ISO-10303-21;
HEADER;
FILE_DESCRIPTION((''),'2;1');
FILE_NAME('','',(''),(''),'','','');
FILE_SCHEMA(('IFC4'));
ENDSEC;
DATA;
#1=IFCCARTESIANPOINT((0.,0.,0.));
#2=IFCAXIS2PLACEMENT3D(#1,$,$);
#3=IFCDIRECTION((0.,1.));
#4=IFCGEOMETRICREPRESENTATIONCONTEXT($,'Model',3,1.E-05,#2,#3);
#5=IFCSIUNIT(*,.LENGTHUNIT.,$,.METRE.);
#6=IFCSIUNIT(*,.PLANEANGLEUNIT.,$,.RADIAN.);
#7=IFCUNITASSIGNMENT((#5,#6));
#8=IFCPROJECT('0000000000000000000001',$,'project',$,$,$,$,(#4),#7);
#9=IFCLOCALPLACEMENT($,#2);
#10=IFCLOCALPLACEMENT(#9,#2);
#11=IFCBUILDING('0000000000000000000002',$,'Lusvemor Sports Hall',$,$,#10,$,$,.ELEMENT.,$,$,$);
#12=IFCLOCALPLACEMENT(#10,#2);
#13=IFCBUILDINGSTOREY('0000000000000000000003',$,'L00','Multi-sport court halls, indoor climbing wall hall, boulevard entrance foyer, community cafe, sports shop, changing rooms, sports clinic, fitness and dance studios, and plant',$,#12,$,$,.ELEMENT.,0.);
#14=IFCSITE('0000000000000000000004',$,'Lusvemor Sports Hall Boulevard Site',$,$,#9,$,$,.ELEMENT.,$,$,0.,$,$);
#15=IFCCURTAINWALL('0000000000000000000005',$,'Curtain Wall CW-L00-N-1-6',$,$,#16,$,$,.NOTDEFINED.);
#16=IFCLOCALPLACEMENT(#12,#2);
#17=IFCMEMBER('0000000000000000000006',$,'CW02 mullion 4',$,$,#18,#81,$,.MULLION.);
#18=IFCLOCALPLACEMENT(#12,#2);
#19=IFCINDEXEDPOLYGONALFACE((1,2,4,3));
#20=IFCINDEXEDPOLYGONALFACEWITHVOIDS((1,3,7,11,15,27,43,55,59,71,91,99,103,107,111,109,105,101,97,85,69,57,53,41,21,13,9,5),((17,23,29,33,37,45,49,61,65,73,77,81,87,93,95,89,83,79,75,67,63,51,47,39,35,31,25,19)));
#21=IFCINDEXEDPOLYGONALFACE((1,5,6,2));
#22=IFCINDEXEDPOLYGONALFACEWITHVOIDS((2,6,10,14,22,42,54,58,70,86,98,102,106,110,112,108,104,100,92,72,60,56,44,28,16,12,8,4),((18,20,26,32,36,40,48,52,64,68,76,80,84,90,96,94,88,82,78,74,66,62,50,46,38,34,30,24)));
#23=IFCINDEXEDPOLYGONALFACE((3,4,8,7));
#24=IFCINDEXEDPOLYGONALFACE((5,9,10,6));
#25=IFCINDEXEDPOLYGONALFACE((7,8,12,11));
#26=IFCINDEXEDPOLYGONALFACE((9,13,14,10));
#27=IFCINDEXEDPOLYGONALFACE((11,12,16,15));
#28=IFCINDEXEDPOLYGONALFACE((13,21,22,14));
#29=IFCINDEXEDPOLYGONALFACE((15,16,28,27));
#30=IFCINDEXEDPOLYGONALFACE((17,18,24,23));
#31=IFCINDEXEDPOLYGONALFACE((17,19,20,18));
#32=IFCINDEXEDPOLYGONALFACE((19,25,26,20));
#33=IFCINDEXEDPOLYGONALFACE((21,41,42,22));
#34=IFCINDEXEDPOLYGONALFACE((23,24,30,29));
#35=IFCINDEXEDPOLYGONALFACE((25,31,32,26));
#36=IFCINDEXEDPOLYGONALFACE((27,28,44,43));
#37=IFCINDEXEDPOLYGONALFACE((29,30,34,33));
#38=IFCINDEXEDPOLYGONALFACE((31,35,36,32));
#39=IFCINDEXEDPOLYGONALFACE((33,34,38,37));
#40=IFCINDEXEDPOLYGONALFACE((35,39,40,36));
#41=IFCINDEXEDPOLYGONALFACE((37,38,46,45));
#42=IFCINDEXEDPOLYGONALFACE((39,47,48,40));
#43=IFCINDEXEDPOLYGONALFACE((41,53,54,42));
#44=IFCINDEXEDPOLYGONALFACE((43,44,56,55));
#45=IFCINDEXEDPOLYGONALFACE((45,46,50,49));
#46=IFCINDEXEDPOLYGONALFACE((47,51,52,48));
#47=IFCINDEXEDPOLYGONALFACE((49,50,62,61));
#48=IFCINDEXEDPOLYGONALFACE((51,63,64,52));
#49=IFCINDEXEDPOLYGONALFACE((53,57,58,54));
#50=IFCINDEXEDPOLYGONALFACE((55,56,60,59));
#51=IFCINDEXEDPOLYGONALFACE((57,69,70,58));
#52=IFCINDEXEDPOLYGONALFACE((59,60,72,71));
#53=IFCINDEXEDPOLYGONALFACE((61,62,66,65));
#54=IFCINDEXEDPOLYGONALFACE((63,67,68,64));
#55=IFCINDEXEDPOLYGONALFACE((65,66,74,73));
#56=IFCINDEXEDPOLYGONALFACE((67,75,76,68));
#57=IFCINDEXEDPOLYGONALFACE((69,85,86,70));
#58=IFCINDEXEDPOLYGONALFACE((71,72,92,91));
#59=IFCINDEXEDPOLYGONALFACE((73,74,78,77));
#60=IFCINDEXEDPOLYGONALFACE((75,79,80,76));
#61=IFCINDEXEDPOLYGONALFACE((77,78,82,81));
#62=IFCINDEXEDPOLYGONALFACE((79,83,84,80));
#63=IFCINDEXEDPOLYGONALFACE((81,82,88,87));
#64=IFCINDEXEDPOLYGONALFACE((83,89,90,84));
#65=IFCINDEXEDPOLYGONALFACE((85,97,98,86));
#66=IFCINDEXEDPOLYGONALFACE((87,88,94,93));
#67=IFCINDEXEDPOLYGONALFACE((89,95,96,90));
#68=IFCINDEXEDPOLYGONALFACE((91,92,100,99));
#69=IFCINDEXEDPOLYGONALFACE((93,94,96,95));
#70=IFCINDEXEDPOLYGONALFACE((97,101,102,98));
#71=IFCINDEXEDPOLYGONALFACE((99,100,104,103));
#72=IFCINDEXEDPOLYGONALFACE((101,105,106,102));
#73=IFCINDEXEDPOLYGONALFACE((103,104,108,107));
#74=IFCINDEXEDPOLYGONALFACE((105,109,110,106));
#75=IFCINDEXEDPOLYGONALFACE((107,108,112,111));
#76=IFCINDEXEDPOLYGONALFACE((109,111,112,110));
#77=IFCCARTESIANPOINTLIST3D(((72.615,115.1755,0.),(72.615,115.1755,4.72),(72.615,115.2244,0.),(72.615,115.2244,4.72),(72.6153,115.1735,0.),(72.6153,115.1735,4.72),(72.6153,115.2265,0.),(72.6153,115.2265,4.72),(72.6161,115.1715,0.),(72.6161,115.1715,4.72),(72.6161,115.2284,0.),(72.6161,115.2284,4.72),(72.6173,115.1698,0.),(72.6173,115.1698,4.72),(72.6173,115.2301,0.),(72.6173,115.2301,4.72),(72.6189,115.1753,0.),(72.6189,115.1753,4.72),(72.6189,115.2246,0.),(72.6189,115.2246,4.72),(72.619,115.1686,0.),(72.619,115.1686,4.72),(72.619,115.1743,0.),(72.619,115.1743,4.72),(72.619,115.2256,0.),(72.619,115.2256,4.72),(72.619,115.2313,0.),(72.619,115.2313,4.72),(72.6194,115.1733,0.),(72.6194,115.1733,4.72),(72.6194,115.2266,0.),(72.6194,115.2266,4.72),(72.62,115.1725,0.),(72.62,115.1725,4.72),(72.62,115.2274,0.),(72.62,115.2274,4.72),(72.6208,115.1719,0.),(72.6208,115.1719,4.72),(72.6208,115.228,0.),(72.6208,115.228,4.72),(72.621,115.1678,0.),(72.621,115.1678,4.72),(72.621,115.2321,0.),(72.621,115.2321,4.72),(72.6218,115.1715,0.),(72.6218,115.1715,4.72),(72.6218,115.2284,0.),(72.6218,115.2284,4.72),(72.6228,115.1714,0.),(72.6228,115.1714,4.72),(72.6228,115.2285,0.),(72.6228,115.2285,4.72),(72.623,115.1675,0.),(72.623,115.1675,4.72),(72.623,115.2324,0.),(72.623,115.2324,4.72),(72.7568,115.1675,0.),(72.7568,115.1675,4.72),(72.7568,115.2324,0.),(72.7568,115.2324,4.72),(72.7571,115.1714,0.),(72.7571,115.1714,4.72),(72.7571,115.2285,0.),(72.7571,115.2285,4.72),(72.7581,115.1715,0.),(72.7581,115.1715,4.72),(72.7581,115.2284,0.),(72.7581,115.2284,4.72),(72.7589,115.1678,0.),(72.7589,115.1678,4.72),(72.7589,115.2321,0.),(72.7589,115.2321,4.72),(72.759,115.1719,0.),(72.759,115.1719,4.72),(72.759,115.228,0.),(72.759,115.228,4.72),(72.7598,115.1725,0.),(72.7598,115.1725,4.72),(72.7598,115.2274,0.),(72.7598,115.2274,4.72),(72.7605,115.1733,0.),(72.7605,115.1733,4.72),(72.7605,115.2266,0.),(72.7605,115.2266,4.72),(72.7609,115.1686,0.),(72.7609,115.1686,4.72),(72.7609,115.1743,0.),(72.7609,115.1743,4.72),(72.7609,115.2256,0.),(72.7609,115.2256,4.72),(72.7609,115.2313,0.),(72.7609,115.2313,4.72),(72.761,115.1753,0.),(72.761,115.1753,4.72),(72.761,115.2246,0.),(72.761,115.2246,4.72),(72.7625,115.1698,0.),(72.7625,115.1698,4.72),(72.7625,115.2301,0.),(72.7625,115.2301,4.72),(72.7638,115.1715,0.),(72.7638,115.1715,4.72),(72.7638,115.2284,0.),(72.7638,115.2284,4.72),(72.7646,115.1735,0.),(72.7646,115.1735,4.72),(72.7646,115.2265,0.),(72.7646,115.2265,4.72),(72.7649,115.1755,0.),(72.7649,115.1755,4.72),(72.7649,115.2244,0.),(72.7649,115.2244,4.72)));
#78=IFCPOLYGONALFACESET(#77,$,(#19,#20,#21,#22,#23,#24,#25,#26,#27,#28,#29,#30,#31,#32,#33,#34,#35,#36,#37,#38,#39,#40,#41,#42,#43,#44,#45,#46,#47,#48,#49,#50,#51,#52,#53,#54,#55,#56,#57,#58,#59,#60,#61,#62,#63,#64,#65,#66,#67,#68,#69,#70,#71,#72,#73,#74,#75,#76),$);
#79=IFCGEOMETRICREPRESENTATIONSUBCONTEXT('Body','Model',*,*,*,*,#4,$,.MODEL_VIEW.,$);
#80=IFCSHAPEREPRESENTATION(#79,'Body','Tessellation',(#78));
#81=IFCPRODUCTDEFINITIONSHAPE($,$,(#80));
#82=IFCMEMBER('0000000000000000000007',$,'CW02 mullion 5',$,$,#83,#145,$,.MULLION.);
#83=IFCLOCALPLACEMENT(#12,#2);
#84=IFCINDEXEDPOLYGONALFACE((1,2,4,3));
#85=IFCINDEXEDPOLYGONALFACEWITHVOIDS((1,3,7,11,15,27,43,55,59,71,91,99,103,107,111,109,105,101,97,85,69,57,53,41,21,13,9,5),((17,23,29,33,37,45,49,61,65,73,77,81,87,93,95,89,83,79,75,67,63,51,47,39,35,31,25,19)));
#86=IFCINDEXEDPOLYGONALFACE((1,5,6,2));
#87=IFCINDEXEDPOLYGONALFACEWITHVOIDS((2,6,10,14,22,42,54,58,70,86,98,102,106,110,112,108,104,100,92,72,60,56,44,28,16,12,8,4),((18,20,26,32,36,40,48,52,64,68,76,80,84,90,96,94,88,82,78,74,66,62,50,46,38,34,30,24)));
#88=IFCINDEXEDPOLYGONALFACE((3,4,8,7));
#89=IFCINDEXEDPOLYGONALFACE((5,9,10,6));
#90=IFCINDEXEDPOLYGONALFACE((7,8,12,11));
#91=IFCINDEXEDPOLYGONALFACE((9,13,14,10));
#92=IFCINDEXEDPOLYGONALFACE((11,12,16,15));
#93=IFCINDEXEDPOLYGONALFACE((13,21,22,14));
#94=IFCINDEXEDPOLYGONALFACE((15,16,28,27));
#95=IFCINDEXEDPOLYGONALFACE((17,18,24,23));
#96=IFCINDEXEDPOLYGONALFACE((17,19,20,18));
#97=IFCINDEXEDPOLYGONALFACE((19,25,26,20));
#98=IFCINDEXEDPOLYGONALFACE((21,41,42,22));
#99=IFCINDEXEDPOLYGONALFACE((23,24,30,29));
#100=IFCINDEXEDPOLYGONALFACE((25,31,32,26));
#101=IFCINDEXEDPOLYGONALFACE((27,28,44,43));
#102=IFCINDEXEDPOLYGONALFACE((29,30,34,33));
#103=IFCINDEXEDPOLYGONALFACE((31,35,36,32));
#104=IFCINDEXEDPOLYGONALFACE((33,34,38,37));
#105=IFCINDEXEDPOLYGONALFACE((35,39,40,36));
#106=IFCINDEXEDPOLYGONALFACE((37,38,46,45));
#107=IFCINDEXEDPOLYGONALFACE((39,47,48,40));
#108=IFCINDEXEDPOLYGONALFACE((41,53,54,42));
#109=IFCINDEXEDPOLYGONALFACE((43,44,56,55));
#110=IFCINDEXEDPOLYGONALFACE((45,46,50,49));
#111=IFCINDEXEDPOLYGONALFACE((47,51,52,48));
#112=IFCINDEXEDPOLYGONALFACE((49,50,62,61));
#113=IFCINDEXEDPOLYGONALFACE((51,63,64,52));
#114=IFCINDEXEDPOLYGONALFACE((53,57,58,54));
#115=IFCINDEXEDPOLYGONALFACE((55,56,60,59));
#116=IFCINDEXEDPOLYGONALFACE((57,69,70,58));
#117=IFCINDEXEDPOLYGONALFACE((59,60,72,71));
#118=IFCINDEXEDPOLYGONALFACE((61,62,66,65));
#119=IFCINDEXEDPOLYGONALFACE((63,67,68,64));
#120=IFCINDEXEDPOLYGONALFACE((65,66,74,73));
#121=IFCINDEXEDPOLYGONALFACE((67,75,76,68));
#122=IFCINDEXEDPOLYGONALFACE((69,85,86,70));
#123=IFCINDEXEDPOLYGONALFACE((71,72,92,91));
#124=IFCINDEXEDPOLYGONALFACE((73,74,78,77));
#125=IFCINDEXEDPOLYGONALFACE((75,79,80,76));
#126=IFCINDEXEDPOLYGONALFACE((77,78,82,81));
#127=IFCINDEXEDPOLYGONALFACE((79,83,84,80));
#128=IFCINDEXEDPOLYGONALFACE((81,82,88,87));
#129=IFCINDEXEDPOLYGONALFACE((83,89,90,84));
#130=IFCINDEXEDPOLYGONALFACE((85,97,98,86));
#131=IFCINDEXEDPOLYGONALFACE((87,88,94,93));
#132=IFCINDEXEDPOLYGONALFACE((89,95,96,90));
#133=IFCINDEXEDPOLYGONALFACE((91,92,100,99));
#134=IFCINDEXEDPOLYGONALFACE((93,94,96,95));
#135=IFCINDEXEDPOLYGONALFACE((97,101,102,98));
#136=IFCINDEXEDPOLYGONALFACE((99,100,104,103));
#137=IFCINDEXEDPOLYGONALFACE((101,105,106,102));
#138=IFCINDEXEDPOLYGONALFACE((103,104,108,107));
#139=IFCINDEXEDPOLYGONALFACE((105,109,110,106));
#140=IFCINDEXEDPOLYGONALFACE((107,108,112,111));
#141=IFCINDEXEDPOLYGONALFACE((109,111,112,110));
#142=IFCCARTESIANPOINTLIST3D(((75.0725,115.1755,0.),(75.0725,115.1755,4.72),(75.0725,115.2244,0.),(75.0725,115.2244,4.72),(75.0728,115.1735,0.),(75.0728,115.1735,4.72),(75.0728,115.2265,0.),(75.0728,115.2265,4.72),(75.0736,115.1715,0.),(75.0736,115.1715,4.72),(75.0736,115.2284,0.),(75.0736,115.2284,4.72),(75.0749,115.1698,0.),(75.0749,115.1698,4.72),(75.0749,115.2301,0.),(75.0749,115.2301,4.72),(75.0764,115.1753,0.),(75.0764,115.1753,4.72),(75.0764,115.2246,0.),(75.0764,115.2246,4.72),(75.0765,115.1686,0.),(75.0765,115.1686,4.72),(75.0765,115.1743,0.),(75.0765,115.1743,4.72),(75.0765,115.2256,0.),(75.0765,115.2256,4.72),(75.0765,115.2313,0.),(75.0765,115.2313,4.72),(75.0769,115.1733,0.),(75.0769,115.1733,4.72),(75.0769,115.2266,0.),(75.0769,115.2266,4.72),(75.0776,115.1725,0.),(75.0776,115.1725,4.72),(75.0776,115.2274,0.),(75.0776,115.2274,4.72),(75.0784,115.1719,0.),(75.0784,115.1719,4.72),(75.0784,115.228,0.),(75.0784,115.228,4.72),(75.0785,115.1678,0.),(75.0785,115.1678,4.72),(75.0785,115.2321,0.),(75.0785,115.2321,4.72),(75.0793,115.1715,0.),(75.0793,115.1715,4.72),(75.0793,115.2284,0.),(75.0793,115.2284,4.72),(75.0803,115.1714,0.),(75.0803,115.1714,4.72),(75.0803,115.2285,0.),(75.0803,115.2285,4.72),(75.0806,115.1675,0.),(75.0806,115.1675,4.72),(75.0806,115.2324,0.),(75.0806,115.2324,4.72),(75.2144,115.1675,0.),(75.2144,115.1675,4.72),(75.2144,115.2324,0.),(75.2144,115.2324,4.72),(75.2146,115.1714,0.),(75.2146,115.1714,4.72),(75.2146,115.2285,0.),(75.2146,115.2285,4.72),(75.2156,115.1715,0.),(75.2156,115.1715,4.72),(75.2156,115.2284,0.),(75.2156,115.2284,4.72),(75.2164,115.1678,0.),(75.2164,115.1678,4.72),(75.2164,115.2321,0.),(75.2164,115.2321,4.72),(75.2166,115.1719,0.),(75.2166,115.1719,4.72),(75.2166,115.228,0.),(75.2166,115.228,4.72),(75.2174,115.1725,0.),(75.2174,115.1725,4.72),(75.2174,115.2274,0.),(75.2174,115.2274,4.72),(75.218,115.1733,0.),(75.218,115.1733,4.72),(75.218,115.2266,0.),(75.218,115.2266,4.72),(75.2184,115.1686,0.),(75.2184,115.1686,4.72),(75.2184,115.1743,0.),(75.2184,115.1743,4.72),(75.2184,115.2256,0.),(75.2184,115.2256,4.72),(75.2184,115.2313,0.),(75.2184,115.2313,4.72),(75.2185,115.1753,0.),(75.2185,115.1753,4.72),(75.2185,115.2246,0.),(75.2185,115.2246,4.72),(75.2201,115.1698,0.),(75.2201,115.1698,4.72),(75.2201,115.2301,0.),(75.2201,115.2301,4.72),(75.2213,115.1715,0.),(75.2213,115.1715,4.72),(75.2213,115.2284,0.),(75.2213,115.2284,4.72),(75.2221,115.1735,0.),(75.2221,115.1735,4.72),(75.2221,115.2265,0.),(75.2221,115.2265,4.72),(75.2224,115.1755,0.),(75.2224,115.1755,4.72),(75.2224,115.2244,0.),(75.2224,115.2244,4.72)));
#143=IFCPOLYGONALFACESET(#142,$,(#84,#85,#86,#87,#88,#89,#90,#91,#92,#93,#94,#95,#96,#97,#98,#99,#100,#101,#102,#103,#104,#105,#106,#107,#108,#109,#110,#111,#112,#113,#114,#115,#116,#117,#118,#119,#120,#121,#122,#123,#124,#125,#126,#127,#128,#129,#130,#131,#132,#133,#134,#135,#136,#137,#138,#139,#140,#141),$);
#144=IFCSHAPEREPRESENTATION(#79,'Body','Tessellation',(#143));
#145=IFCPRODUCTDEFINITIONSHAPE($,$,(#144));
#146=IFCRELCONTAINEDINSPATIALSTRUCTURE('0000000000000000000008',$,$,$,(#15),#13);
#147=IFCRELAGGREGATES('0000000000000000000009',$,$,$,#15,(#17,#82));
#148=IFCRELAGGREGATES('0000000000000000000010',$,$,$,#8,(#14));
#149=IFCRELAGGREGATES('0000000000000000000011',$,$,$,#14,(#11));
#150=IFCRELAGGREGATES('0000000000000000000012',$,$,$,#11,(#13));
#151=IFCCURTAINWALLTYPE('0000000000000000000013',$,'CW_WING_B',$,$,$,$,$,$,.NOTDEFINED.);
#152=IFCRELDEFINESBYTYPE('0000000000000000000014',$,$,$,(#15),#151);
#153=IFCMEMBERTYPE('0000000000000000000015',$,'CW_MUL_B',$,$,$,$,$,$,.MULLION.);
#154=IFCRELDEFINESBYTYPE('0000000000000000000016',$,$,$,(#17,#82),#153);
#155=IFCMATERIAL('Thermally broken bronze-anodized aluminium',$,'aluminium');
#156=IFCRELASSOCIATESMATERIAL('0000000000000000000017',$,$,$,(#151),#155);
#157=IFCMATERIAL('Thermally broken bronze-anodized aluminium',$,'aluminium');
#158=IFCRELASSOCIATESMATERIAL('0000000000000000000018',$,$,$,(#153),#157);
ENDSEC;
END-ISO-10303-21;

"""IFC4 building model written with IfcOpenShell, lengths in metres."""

from ifc_helpers import new_model, si_unit, direction, frame, origin, origin_2d, place, context, subcontext, project, spatial, hollow_rectangle, extrude, material, material_profile, profile_set, type_object, element, aggregate, save


model = new_model("IFC4")

# Units and contexts
model_context = context("Model", 3, precision=1e-05, world=origin(), true_north=direction((0.0, 1.0)))
body_context = subcontext(model_context, "Body", "Model", "MODEL_VIEW")
ifc_project = project(units=[si_unit("LENGTHUNIT", "METRE"), si_unit("PLANEANGLEUNIT", "RADIAN")], contexts=[model_context])

# Site, building, storey
site_placement = place(None, origin())
site = spatial("IfcSite", under=ifc_project, at=site_placement, Name="Lusvemor Sports Hall Boulevard Site", CompositionType="ELEMENT", RefElevation=0.0)
building_placement = place(site_placement, origin())
building = spatial("IfcBuilding", under=site, at=building_placement, Name="Lusvemor Sports Hall", CompositionType="ELEMENT")
storey_placement = place(building_placement, origin())
storey = spatial("IfcBuildingStorey", under=building, at=storey_placement, Name="L00", Description="Multi-sport court halls, indoor climbing wall hall, boulevard entrance foyer, community cafe, sports shop, changing rooms, sports clinic, fitness and dance studios, and plant", CompositionType="ELEMENT", Elevation=0.0)

# Curtain wall, members
ifc_material_1 = material(Name="Thermally broken bronze-anodized aluminium", Category="aluminium")
curtain_wall_type = type_object("IfcCurtainWallType", Name="CW_WING_B", PredefinedType="NOTDEFINED", material=ifc_material_1)
curtain_wall_placement = place(storey_placement, origin())
curtain_wall = element("IfcCurtainWall", 1, at=curtain_wall_placement, inside=storey, type_object=curtain_wall_type, Name="Curtain Wall CW-L00-N-1-6", PredefinedType="NOTDEFINED")
ifc_material_2 = material(Name="Thermally broken bronze-anodized aluminium", Category="aluminium")
ifc_material_profile_1 = material_profile(ifc_material_2, hollow_rectangle(XDim=0.0649, YDim=0.1499, WallThickness=0.0039, InnerFilletRadius=0.0039, OuterFilletRadius=0.0081, at=origin_2d()), Name="CWMUL150x65x4")
ifc_profile_set_1 = profile_set([ifc_material_profile_1], Name="Thermally broken bronze-anodized aluminium")
member_type_1 = type_object("IfcMemberType", Name="CW_MUL_B", PredefinedType="MULLION", material=ifc_profile_set_1)
member_1_placement = place(storey_placement, frame((72.6899, 115.2, 0.0), z_axis=(0.0, 0.0, 1.0), x_axis=(0.0, 1.0, 0.0)))
member_1 = element("IfcMember", 2, at=member_1_placement, type_object=member_type_1, Name="CW02 mullion 4", PredefinedType="MULLION", context=body_context, shape_type="SweptSolid", body=[
    extrude(hollow_rectangle(XDim=0.0649, YDim=0.1499, WallThickness=0.0039, InnerFilletRadius=0.0039, OuterFilletRadius=0.0081, at=origin_2d()), origin(), (0.0, 0.0, 1.0), 4.72),
])
member_2_placement = place(storey_placement, frame((75.1475, 115.2, 0.0), z_axis=(0.0, 0.0, 1.0), x_axis=(0.0, 1.0, 0.0)))
member_2 = element("IfcMember", 3, at=member_2_placement, type_object=member_type_1, Name="CW02 mullion 5", PredefinedType="MULLION", context=body_context, shape_type="SweptSolid", body=[
    extrude(hollow_rectangle(XDim=0.0649, YDim=0.1499, WallThickness=0.0039, InnerFilletRadius=0.0039, OuterFilletRadius=0.0081, at=origin_2d()), origin(), (0.0, 0.0, 1.0), 4.72),
])
aggregate(curtain_wall, [member_1, member_2])

save(model, "model.ifc")
